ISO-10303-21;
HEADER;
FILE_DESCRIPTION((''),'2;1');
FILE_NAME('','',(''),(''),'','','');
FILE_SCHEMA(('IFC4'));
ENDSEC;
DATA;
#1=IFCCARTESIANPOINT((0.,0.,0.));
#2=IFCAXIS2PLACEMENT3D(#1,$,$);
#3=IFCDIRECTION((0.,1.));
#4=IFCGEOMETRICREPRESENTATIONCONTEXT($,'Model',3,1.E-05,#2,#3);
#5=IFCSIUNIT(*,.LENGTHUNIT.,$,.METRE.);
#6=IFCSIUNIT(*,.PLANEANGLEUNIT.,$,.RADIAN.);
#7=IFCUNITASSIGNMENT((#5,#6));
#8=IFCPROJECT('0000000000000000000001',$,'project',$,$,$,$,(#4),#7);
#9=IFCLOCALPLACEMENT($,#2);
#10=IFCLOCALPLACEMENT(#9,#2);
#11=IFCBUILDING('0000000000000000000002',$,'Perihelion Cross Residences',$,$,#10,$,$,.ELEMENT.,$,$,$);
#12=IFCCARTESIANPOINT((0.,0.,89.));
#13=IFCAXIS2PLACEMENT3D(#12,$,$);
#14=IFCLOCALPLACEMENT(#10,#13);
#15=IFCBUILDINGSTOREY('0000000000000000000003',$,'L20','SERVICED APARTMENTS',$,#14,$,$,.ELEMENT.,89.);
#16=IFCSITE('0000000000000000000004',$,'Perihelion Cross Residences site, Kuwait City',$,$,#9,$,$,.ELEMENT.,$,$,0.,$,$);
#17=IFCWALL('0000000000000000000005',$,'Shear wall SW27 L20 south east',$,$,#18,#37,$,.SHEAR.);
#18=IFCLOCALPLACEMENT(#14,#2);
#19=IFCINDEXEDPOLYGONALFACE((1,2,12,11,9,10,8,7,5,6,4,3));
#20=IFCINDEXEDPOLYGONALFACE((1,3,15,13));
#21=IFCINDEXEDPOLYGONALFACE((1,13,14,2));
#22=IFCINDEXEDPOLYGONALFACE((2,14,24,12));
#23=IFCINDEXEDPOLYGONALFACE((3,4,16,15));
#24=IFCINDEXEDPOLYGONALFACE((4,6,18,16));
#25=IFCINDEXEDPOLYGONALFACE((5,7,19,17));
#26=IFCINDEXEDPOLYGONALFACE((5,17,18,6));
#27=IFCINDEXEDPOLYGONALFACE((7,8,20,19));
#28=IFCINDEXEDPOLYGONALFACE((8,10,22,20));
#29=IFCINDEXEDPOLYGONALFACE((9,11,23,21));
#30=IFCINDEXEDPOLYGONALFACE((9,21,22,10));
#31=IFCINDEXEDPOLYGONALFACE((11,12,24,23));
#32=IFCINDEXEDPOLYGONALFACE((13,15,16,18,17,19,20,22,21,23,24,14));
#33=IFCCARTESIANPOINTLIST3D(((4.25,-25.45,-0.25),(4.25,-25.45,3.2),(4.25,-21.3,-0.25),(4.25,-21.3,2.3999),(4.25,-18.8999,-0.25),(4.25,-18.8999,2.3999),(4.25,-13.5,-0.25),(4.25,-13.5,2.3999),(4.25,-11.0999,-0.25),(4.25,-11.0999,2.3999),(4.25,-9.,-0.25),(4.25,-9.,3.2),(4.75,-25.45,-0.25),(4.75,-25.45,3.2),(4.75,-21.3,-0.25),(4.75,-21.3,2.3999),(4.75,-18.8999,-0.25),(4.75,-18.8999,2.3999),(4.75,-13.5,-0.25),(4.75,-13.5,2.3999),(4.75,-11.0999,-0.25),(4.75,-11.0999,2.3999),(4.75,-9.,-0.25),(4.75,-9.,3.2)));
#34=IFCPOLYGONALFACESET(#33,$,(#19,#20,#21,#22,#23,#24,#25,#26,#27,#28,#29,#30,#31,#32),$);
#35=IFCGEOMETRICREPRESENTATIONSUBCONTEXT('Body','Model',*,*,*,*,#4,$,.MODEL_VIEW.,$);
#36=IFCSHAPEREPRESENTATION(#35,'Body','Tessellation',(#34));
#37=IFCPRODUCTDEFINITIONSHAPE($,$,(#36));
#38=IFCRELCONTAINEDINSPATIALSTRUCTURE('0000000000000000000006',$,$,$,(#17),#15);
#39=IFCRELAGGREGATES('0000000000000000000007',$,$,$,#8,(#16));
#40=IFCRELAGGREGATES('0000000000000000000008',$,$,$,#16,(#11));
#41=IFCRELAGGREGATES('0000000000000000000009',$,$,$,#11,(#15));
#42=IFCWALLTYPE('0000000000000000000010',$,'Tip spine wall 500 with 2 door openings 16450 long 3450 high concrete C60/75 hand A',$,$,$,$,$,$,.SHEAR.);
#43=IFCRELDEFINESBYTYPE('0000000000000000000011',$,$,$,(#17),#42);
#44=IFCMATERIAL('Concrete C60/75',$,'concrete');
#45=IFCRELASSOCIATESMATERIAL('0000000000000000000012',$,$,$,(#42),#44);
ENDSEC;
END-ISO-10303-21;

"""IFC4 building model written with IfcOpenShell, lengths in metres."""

from ifc_helpers import new_model, si_unit, direction, frame, origin, place, context, subcontext, project, spatial, polyline, outline, extrude, material, material_profile, profile_set, type_object, element, save


model = new_model("IFC4")

# Units and contexts
model_context = context("Model", 3, precision=1e-05, world=origin(), true_north=direction((0.0, 1.0)))
body_context = subcontext(model_context, "Body", "Model", "MODEL_VIEW")
ifc_project = project(units=[si_unit("LENGTHUNIT", "METRE"), si_unit("PLANEANGLEUNIT", "RADIAN")], contexts=[model_context])

# Site, building, storey
site_placement = place(None, origin())
site = spatial("IfcSite", under=ifc_project, at=site_placement, Name="Perihelion Cross Residences site, Kuwait City", CompositionType="ELEMENT", RefElevation=0.0)
building_placement = place(site_placement, origin())
building = spatial("IfcBuilding", under=site, at=building_placement, Name="Perihelion Cross Residences", CompositionType="ELEMENT")
storey_placement = place(building_placement, frame((0.0, 0.0, 89.0)))
storey = spatial("IfcBuildingStorey", under=building, at=storey_placement, Name="L20", Description="SERVICED APARTMENTS", CompositionType="ELEMENT", Elevation=89.0)

# Wall
ifc_material_1 = material(Name="Concrete C60/75", Category="concrete")
ifc_material_profile_1 = material_profile(ifc_material_1, outline(polyline([(0.0, 0.0), (4.1499, 0.0), (4.1499, 2.6499), (6.55, 2.6499), (6.55, 0.0), (11.95, 0.0), (11.95, 2.6499), (14.3501, 2.6499), (14.3501, 0.0), (16.45, 0.0), (16.45, 3.45), (0.0, 3.45), (0.0, 0.0)])), Name="Tip spine wall")
ifc_profile_set_1 = profile_set([ifc_material_profile_1], Name="Concrete C60/75")
wall_type_1 = type_object("IfcWallType", Name="Tip spine wall 500 with 2 door openings 16450 long 3450 high concrete C60/75 hand A", PredefinedType="SHEAR", material=ifc_profile_set_1)
wall_1_placement = place(storey_placement, frame((4.25, -25.45, -0.25), z_axis=(1.0, 0.0, 0.0), x_axis=(0.0, 1.0, 0.0)))
element("IfcWall", 1, at=wall_1_placement, inside=storey, type_object=wall_type_1, Name="Shear wall SW27 L20 south east", PredefinedType="SHEAR", context=body_context, shape_type="SweptSolid", body=[
    extrude(outline(polyline([(0.0, 0.0), (4.1499, 0.0), (4.1499, 2.6499), (6.55, 2.6499), (6.55, 0.0), (11.95, 0.0), (11.95, 2.6499), (14.3501, 2.6499), (14.3501, 0.0), (16.45, 0.0), (16.45, 3.45), (0.0, 3.45), (0.0, 0.0)])), origin(), (0.0, 0.0, 1.0), 0.5),
])

save(model, "model.ifc")
